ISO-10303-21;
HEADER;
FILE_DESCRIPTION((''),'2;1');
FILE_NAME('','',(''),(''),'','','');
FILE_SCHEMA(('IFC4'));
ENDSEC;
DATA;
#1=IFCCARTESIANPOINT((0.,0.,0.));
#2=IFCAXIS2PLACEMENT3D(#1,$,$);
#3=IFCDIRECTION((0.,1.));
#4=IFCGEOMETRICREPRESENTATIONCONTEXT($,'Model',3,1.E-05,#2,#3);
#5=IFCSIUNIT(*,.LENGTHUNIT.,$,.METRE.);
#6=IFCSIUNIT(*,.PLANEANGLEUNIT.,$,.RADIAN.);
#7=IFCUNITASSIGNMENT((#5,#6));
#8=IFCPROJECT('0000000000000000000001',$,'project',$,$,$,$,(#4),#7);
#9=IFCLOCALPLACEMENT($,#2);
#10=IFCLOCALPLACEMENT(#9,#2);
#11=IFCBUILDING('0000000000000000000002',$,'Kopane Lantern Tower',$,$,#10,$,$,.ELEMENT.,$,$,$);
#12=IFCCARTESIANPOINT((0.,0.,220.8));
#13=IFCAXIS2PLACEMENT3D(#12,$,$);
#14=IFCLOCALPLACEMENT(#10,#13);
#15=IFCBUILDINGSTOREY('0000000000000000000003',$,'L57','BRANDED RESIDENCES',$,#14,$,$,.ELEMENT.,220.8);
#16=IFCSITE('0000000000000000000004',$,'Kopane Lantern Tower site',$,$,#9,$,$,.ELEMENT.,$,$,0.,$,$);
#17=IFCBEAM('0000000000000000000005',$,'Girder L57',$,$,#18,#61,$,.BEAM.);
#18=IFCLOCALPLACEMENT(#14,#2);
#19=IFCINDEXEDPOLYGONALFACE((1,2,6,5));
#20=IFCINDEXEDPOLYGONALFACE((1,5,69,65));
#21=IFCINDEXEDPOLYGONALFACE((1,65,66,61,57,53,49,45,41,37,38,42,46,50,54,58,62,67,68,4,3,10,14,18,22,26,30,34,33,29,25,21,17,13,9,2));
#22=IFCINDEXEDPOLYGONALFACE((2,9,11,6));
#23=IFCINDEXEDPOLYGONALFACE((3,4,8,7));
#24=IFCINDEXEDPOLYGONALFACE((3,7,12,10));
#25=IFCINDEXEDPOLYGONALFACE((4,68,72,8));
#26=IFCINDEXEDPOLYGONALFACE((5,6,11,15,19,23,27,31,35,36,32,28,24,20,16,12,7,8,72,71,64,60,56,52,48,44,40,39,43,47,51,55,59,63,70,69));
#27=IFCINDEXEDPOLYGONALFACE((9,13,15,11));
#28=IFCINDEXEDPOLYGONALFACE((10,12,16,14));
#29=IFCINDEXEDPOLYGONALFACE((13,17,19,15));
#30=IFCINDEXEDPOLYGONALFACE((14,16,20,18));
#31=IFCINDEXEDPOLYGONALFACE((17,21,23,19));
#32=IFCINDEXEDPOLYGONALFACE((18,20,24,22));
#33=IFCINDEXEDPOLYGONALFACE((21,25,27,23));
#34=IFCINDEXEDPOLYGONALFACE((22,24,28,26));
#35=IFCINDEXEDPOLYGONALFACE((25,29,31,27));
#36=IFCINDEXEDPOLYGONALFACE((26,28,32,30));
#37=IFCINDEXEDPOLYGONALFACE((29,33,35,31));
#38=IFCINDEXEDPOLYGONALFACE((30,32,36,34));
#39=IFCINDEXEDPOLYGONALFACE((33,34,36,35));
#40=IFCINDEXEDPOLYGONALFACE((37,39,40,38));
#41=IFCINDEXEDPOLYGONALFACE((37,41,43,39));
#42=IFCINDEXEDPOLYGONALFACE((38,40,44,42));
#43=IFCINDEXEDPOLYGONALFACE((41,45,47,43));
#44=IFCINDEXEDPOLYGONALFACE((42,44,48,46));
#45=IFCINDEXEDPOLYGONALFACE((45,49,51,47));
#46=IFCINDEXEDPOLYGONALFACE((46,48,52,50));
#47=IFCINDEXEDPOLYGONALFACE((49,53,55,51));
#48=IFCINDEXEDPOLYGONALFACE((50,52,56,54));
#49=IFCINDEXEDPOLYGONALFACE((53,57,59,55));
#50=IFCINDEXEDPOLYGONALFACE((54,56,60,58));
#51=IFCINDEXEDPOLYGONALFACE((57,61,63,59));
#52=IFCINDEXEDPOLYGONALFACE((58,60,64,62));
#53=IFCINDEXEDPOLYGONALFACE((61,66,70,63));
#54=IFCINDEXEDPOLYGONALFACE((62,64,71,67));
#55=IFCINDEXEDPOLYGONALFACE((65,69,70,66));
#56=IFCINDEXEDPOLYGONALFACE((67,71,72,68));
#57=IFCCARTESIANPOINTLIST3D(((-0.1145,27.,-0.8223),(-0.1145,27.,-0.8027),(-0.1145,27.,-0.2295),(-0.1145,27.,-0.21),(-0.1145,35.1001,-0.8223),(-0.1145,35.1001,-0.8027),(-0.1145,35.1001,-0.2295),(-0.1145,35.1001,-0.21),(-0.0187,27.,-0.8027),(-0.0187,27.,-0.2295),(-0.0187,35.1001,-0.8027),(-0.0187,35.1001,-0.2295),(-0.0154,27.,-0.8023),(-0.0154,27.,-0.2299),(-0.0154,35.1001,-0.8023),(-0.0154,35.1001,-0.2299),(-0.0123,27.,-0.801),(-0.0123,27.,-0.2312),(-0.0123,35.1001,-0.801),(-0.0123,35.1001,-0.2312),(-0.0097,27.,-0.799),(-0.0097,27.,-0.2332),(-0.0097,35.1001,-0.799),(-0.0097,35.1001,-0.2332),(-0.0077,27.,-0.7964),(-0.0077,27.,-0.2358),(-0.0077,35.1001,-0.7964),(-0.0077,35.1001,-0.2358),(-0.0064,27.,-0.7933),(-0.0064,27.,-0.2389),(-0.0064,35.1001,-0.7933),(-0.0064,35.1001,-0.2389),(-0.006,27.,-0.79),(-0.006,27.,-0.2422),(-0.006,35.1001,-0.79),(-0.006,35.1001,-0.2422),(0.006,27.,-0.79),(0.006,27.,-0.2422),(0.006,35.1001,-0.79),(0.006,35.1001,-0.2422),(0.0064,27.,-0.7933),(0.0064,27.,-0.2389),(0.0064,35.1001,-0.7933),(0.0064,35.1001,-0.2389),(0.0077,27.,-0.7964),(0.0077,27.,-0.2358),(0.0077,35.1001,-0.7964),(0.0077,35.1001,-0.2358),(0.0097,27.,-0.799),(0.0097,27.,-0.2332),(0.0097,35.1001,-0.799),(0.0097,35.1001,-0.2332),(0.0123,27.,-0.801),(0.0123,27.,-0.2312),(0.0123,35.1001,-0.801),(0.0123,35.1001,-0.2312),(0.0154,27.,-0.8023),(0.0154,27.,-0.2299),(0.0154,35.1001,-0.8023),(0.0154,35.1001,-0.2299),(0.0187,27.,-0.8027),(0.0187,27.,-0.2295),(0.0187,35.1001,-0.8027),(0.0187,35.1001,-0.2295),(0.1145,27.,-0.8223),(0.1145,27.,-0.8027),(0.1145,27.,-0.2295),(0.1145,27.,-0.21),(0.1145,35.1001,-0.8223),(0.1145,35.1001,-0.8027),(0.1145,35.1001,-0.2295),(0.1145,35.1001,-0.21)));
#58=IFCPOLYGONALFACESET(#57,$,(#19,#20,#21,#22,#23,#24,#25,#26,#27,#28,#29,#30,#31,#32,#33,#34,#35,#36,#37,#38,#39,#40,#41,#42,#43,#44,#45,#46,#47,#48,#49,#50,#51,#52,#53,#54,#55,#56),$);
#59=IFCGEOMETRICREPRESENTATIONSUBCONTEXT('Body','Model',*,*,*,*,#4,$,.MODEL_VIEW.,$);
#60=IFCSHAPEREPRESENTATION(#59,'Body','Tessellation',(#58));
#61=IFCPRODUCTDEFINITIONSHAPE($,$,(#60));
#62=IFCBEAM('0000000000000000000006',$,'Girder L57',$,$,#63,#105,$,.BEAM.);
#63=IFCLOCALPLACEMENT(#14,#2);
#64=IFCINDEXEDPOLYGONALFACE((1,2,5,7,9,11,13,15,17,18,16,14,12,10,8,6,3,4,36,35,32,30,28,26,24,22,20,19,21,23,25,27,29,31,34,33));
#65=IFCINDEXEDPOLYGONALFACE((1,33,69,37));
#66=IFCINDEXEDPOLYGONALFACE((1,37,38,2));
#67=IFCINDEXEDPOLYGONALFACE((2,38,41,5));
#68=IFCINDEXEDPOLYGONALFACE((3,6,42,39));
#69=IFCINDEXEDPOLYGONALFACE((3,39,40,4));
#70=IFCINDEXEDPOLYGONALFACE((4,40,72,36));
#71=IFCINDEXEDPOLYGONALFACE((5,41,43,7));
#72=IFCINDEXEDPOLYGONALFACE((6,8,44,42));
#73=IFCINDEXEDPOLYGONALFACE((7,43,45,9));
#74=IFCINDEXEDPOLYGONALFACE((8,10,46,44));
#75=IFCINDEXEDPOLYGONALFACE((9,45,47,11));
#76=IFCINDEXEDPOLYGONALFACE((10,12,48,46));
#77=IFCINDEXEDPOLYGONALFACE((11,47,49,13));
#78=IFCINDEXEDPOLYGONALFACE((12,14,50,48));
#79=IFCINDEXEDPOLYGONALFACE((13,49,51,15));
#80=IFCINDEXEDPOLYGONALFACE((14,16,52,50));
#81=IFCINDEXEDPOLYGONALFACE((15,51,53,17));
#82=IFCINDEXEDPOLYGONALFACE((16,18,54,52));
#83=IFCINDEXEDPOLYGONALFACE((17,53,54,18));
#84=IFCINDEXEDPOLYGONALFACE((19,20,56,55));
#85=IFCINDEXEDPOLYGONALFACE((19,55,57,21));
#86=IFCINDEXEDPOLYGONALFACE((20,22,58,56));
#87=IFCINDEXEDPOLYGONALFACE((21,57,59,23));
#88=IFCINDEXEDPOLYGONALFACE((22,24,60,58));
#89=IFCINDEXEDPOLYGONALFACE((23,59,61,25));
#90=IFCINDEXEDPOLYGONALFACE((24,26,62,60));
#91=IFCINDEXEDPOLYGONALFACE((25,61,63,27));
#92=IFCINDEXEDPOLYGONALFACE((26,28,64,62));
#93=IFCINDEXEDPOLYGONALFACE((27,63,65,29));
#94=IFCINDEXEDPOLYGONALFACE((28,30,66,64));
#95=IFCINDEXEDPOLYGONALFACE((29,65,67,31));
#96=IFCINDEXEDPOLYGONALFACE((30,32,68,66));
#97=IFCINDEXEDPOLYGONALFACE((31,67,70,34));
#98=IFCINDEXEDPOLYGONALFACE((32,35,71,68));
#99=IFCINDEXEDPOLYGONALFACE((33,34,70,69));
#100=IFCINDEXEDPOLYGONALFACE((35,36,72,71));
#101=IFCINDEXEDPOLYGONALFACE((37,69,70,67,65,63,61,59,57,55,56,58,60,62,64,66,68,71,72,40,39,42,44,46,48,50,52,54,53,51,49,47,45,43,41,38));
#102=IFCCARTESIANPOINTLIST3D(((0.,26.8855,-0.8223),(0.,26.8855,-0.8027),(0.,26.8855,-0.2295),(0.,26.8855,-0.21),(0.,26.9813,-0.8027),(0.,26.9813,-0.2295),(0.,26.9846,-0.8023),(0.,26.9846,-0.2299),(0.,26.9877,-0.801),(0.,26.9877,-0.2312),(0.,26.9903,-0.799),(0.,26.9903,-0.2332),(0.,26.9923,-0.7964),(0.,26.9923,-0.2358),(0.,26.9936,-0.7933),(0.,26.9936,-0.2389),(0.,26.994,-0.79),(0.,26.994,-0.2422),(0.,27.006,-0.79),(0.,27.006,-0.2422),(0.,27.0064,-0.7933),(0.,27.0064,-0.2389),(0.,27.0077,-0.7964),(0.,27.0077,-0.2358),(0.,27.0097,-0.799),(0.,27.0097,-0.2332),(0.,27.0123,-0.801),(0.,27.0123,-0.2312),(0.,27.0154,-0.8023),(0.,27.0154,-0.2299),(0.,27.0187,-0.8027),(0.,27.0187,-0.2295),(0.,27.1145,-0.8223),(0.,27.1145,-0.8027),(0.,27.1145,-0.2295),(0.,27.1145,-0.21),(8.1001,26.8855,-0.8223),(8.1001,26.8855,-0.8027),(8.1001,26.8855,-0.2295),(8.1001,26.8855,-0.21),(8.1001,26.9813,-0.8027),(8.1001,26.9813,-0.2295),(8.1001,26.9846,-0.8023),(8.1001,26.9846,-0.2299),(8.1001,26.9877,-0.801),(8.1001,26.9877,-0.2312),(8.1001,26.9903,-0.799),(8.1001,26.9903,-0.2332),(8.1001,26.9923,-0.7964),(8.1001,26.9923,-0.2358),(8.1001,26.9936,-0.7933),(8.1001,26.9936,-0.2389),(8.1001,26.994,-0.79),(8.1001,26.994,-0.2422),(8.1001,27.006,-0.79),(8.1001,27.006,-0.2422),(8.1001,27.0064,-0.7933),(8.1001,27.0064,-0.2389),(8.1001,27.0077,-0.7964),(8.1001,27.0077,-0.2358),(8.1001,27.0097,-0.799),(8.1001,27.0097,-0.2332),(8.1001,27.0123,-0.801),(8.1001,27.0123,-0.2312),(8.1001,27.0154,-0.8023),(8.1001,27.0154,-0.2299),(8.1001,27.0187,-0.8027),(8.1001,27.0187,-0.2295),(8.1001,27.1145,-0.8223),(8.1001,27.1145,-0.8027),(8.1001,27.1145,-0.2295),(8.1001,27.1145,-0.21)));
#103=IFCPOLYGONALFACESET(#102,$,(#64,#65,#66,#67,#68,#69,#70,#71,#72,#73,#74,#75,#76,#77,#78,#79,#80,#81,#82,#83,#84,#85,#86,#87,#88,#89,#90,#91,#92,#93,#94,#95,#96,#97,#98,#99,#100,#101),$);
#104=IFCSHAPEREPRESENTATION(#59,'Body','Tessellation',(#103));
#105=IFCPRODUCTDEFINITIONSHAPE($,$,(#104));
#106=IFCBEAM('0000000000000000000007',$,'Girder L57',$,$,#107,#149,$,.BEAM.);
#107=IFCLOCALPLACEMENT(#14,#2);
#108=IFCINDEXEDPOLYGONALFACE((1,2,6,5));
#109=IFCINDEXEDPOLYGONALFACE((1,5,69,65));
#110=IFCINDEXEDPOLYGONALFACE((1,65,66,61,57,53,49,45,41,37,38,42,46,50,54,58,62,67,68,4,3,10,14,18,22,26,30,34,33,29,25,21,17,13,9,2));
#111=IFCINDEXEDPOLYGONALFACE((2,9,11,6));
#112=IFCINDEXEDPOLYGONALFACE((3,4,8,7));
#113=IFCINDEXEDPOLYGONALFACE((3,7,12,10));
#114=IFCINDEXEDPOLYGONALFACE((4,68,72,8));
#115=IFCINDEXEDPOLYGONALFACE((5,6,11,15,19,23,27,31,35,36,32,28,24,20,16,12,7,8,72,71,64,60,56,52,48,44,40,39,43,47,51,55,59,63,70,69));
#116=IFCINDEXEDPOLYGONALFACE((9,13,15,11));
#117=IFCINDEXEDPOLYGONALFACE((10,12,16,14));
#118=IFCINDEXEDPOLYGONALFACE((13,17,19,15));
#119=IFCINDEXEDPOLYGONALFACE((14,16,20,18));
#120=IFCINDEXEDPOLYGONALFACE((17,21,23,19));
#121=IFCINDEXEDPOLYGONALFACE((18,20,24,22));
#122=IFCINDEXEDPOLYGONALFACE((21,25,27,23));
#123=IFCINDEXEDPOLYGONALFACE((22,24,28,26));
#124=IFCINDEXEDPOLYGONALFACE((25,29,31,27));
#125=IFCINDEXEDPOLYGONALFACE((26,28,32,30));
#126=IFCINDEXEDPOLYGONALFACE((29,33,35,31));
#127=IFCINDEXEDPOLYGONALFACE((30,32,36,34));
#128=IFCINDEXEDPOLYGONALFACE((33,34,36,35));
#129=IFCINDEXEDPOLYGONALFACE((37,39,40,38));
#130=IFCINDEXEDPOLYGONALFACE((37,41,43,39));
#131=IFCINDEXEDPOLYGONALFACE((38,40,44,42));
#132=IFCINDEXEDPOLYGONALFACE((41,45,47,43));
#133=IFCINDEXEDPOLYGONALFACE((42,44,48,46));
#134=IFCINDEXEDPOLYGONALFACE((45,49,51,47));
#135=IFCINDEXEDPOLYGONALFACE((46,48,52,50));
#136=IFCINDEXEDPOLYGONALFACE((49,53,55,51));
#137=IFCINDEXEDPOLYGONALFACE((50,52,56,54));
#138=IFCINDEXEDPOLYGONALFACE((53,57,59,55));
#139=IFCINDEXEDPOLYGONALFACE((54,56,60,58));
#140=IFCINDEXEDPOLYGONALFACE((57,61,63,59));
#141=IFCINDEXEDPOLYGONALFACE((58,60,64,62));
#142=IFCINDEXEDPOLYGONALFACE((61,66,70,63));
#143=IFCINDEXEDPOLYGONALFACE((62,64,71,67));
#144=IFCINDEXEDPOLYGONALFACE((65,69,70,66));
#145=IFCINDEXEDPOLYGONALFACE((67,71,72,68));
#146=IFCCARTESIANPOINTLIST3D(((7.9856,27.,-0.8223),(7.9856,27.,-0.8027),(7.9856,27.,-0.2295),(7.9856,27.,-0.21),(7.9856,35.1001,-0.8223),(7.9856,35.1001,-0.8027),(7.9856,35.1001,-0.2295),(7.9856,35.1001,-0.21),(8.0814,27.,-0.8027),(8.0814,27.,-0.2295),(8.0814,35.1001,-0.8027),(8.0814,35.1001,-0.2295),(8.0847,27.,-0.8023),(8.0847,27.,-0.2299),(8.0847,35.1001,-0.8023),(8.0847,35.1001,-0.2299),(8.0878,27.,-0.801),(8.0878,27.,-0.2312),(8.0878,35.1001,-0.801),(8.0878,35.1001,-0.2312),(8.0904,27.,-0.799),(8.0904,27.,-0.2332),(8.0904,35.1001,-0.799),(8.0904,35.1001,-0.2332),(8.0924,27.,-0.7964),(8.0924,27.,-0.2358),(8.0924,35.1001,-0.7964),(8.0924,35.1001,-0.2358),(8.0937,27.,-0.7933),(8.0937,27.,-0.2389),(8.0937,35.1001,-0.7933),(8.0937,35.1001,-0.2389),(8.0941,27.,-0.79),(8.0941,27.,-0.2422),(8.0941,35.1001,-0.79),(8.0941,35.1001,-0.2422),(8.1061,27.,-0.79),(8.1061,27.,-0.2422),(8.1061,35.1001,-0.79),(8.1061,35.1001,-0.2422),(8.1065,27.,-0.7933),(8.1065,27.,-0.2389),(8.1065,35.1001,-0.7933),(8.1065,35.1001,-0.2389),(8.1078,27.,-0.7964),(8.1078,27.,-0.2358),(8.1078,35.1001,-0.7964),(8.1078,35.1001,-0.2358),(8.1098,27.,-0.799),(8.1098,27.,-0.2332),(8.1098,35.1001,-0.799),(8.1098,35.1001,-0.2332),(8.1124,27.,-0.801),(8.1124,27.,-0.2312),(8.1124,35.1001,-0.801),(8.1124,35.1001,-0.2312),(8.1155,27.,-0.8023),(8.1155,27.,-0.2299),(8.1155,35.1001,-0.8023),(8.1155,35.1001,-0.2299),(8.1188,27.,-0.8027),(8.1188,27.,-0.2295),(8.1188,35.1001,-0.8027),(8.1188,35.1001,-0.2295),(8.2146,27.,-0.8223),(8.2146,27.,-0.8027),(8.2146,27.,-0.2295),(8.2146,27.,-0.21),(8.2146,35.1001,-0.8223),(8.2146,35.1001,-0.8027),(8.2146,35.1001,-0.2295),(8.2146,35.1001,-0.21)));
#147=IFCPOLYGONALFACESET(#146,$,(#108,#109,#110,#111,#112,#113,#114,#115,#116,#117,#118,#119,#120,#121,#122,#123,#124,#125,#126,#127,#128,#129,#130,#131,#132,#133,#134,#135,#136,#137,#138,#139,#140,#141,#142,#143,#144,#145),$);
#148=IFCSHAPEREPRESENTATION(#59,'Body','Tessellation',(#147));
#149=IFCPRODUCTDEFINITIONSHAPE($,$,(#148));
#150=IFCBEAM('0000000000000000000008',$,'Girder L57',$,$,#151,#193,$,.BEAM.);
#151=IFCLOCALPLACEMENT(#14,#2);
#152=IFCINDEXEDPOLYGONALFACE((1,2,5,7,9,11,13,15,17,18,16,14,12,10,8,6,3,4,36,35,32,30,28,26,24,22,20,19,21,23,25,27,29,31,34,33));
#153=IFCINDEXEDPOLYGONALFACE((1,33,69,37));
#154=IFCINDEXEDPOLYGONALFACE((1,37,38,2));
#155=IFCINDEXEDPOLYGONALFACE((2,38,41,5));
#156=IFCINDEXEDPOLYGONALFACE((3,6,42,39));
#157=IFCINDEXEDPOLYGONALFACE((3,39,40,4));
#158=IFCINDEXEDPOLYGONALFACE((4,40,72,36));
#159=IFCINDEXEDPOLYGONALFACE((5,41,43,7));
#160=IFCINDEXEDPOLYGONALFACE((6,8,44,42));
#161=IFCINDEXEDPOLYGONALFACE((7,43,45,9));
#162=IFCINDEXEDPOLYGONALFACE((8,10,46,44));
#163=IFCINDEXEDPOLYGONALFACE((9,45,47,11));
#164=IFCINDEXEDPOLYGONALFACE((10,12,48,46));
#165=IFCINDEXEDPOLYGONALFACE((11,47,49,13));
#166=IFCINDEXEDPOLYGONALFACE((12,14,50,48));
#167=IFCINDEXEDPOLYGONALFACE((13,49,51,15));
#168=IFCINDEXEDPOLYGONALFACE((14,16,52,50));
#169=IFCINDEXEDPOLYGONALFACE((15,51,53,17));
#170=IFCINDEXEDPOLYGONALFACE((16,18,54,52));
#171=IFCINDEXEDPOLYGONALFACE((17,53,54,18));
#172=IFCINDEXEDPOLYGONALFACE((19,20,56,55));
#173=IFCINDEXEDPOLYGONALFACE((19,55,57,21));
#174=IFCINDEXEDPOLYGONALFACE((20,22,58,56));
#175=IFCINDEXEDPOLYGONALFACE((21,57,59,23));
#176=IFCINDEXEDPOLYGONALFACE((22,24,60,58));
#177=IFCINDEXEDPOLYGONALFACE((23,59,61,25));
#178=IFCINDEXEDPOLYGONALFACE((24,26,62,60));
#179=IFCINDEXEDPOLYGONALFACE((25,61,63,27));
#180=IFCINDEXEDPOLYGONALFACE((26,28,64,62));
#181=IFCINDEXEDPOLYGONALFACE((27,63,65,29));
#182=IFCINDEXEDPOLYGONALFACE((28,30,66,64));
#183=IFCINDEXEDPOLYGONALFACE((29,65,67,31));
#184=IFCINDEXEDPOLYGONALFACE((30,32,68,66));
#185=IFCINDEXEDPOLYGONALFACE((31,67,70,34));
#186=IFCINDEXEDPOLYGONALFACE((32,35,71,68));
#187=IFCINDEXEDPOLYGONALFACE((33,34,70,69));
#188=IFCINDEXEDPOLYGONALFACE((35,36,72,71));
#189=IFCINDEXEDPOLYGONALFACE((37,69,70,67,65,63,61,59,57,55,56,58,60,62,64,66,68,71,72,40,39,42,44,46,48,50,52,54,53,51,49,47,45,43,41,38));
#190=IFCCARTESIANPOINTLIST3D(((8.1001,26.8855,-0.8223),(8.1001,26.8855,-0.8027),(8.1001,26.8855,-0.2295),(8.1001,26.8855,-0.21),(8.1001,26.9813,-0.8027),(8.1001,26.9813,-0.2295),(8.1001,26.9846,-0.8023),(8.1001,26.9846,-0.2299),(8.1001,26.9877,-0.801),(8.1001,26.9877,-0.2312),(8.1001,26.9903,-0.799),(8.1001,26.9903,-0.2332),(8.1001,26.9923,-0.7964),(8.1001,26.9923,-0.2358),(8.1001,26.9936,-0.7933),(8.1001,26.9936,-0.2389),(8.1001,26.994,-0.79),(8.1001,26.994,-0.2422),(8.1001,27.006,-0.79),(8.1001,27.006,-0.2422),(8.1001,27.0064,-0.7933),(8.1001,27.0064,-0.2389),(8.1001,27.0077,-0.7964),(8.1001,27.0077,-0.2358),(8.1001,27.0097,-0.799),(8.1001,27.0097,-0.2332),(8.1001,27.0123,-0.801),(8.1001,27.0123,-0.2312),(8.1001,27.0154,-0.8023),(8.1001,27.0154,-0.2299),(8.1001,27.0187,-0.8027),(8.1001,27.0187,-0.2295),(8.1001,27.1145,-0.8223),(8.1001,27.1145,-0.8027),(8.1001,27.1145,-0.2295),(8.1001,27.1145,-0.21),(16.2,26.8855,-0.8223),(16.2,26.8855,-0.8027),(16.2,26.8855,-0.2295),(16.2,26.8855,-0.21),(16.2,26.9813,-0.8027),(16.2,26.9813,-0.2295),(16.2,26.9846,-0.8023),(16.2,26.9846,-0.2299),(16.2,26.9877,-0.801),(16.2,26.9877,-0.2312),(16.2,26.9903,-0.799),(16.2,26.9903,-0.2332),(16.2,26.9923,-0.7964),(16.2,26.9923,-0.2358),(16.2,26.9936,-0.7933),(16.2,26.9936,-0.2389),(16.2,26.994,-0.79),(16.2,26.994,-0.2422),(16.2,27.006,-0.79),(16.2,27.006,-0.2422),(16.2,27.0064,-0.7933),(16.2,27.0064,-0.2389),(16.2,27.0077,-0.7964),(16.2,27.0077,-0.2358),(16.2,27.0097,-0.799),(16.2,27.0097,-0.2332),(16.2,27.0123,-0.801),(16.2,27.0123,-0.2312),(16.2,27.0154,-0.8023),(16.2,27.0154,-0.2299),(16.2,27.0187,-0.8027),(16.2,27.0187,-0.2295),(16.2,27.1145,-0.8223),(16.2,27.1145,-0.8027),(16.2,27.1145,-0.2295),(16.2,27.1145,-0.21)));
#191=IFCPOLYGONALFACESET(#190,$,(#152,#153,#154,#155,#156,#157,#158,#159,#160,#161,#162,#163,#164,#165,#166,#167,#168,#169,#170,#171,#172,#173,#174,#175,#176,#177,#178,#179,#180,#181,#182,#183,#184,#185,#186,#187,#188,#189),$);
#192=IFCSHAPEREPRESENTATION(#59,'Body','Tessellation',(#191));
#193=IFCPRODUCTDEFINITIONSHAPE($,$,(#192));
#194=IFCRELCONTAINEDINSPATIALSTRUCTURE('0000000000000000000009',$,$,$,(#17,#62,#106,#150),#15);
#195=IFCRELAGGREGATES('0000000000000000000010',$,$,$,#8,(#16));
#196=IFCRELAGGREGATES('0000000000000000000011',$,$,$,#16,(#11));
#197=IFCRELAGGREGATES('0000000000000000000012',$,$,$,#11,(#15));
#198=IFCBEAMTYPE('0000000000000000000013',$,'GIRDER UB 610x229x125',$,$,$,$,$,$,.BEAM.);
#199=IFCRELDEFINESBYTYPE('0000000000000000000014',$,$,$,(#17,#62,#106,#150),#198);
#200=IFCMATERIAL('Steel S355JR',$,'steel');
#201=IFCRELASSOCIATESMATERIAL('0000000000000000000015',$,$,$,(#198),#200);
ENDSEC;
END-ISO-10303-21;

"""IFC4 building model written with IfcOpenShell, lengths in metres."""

from ifc_helpers import new_model, si_unit, direction, frame, origin, origin_2d, place, context, subcontext, project, spatial, i_section, extrude, material, material_profile, profile_set, type_object, element, save


model = new_model("IFC4")

# Units and contexts
model_context = context("Model", 3, precision=1e-05, world=origin(), true_north=direction((0.0, 1.0)))
body_context = subcontext(model_context, "Body", "Model", "MODEL_VIEW")
ifc_project = project(units=[si_unit("LENGTHUNIT", "METRE"), si_unit("PLANEANGLEUNIT", "RADIAN")], contexts=[model_context])

# Site, building, storey
site_placement = place(None, origin())
site = spatial("IfcSite", under=ifc_project, at=site_placement, Name="Kopane Lantern Tower site", CompositionType="ELEMENT", RefElevation=0.0)
building_placement = place(site_placement, origin())
building = spatial("IfcBuilding", under=site, at=building_placement, Name="Kopane Lantern Tower", CompositionType="ELEMENT")
storey_placement = place(building_placement, frame((0.0, 0.0, 220.8)))
storey = spatial("IfcBuildingStorey", under=building, at=storey_placement, Name="L57", Description="BRANDED RESIDENCES", CompositionType="ELEMENT", Elevation=220.8)

# Beams
ifc_material_1 = material(Name="Steel S355JR", Category="steel")
ifc_material_profile_1 = material_profile(ifc_material_1, i_section(OverallWidth=0.229, OverallDepth=0.6123, WebThickness=0.012, FlangeThickness=0.0195, FilletRadius=0.0127, at=origin_2d()), Name="UB 610x229x125")
ifc_profile_set_1 = profile_set([ifc_material_profile_1], Name="Steel S355JR")
beam_type = type_object("IfcBeamType", Name="GIRDER UB 610x229x125", PredefinedType="BEAM", material=ifc_profile_set_1)
for number, where, z_axis, x_axis, name in (
    (1, (0.0, 27.0, -0.5161), (0.0, 1.0, 0.0), (-1.0, 0.0, 0.0), "Girder L57"),
    (2, (0.0, 27.0, -0.5161), (1.0, 0.0, 0.0), (0.0, 1.0, 0.0), "Girder L57"),
    (3, (8.1001, 27.0, -0.5161), (0.0, 1.0, 0.0), (-1.0, 0.0, 0.0), "Girder L57"),
):
    element("IfcBeam", number, at=place(storey_placement, frame(where, z_axis=z_axis, x_axis=x_axis)), inside=storey, type_object=beam_type, Name=name, PredefinedType="BEAM", context=body_context, shape_type="SweptSolid", body=[
        extrude(i_section(OverallWidth=0.229, OverallDepth=0.6123, WebThickness=0.012, FlangeThickness=0.0195, FilletRadius=0.0127, at=origin_2d()), origin(), (0.0, 0.0, 1.0), 8.1001),
    ])
for number, where, z_axis, x_axis, name in (
    (4, (8.1001, 27.0, -0.5161), (1.0, 0.0, 0.0), (0.0, 1.0, 0.0), "Girder L57"),
):
    element("IfcBeam", number, at=place(storey_placement, frame(where, z_axis=z_axis, x_axis=x_axis)), inside=storey, type_object=beam_type, Name=name, PredefinedType="BEAM", context=body_context, shape_type="SweptSolid", body=[
        extrude(i_section(OverallWidth=0.229, OverallDepth=0.6123, WebThickness=0.012, FlangeThickness=0.0195, FilletRadius=0.0127, at=origin_2d()), origin(), (0.0, 0.0, 1.0), 8.0999),
    ])

save(model, "model.ifc")
